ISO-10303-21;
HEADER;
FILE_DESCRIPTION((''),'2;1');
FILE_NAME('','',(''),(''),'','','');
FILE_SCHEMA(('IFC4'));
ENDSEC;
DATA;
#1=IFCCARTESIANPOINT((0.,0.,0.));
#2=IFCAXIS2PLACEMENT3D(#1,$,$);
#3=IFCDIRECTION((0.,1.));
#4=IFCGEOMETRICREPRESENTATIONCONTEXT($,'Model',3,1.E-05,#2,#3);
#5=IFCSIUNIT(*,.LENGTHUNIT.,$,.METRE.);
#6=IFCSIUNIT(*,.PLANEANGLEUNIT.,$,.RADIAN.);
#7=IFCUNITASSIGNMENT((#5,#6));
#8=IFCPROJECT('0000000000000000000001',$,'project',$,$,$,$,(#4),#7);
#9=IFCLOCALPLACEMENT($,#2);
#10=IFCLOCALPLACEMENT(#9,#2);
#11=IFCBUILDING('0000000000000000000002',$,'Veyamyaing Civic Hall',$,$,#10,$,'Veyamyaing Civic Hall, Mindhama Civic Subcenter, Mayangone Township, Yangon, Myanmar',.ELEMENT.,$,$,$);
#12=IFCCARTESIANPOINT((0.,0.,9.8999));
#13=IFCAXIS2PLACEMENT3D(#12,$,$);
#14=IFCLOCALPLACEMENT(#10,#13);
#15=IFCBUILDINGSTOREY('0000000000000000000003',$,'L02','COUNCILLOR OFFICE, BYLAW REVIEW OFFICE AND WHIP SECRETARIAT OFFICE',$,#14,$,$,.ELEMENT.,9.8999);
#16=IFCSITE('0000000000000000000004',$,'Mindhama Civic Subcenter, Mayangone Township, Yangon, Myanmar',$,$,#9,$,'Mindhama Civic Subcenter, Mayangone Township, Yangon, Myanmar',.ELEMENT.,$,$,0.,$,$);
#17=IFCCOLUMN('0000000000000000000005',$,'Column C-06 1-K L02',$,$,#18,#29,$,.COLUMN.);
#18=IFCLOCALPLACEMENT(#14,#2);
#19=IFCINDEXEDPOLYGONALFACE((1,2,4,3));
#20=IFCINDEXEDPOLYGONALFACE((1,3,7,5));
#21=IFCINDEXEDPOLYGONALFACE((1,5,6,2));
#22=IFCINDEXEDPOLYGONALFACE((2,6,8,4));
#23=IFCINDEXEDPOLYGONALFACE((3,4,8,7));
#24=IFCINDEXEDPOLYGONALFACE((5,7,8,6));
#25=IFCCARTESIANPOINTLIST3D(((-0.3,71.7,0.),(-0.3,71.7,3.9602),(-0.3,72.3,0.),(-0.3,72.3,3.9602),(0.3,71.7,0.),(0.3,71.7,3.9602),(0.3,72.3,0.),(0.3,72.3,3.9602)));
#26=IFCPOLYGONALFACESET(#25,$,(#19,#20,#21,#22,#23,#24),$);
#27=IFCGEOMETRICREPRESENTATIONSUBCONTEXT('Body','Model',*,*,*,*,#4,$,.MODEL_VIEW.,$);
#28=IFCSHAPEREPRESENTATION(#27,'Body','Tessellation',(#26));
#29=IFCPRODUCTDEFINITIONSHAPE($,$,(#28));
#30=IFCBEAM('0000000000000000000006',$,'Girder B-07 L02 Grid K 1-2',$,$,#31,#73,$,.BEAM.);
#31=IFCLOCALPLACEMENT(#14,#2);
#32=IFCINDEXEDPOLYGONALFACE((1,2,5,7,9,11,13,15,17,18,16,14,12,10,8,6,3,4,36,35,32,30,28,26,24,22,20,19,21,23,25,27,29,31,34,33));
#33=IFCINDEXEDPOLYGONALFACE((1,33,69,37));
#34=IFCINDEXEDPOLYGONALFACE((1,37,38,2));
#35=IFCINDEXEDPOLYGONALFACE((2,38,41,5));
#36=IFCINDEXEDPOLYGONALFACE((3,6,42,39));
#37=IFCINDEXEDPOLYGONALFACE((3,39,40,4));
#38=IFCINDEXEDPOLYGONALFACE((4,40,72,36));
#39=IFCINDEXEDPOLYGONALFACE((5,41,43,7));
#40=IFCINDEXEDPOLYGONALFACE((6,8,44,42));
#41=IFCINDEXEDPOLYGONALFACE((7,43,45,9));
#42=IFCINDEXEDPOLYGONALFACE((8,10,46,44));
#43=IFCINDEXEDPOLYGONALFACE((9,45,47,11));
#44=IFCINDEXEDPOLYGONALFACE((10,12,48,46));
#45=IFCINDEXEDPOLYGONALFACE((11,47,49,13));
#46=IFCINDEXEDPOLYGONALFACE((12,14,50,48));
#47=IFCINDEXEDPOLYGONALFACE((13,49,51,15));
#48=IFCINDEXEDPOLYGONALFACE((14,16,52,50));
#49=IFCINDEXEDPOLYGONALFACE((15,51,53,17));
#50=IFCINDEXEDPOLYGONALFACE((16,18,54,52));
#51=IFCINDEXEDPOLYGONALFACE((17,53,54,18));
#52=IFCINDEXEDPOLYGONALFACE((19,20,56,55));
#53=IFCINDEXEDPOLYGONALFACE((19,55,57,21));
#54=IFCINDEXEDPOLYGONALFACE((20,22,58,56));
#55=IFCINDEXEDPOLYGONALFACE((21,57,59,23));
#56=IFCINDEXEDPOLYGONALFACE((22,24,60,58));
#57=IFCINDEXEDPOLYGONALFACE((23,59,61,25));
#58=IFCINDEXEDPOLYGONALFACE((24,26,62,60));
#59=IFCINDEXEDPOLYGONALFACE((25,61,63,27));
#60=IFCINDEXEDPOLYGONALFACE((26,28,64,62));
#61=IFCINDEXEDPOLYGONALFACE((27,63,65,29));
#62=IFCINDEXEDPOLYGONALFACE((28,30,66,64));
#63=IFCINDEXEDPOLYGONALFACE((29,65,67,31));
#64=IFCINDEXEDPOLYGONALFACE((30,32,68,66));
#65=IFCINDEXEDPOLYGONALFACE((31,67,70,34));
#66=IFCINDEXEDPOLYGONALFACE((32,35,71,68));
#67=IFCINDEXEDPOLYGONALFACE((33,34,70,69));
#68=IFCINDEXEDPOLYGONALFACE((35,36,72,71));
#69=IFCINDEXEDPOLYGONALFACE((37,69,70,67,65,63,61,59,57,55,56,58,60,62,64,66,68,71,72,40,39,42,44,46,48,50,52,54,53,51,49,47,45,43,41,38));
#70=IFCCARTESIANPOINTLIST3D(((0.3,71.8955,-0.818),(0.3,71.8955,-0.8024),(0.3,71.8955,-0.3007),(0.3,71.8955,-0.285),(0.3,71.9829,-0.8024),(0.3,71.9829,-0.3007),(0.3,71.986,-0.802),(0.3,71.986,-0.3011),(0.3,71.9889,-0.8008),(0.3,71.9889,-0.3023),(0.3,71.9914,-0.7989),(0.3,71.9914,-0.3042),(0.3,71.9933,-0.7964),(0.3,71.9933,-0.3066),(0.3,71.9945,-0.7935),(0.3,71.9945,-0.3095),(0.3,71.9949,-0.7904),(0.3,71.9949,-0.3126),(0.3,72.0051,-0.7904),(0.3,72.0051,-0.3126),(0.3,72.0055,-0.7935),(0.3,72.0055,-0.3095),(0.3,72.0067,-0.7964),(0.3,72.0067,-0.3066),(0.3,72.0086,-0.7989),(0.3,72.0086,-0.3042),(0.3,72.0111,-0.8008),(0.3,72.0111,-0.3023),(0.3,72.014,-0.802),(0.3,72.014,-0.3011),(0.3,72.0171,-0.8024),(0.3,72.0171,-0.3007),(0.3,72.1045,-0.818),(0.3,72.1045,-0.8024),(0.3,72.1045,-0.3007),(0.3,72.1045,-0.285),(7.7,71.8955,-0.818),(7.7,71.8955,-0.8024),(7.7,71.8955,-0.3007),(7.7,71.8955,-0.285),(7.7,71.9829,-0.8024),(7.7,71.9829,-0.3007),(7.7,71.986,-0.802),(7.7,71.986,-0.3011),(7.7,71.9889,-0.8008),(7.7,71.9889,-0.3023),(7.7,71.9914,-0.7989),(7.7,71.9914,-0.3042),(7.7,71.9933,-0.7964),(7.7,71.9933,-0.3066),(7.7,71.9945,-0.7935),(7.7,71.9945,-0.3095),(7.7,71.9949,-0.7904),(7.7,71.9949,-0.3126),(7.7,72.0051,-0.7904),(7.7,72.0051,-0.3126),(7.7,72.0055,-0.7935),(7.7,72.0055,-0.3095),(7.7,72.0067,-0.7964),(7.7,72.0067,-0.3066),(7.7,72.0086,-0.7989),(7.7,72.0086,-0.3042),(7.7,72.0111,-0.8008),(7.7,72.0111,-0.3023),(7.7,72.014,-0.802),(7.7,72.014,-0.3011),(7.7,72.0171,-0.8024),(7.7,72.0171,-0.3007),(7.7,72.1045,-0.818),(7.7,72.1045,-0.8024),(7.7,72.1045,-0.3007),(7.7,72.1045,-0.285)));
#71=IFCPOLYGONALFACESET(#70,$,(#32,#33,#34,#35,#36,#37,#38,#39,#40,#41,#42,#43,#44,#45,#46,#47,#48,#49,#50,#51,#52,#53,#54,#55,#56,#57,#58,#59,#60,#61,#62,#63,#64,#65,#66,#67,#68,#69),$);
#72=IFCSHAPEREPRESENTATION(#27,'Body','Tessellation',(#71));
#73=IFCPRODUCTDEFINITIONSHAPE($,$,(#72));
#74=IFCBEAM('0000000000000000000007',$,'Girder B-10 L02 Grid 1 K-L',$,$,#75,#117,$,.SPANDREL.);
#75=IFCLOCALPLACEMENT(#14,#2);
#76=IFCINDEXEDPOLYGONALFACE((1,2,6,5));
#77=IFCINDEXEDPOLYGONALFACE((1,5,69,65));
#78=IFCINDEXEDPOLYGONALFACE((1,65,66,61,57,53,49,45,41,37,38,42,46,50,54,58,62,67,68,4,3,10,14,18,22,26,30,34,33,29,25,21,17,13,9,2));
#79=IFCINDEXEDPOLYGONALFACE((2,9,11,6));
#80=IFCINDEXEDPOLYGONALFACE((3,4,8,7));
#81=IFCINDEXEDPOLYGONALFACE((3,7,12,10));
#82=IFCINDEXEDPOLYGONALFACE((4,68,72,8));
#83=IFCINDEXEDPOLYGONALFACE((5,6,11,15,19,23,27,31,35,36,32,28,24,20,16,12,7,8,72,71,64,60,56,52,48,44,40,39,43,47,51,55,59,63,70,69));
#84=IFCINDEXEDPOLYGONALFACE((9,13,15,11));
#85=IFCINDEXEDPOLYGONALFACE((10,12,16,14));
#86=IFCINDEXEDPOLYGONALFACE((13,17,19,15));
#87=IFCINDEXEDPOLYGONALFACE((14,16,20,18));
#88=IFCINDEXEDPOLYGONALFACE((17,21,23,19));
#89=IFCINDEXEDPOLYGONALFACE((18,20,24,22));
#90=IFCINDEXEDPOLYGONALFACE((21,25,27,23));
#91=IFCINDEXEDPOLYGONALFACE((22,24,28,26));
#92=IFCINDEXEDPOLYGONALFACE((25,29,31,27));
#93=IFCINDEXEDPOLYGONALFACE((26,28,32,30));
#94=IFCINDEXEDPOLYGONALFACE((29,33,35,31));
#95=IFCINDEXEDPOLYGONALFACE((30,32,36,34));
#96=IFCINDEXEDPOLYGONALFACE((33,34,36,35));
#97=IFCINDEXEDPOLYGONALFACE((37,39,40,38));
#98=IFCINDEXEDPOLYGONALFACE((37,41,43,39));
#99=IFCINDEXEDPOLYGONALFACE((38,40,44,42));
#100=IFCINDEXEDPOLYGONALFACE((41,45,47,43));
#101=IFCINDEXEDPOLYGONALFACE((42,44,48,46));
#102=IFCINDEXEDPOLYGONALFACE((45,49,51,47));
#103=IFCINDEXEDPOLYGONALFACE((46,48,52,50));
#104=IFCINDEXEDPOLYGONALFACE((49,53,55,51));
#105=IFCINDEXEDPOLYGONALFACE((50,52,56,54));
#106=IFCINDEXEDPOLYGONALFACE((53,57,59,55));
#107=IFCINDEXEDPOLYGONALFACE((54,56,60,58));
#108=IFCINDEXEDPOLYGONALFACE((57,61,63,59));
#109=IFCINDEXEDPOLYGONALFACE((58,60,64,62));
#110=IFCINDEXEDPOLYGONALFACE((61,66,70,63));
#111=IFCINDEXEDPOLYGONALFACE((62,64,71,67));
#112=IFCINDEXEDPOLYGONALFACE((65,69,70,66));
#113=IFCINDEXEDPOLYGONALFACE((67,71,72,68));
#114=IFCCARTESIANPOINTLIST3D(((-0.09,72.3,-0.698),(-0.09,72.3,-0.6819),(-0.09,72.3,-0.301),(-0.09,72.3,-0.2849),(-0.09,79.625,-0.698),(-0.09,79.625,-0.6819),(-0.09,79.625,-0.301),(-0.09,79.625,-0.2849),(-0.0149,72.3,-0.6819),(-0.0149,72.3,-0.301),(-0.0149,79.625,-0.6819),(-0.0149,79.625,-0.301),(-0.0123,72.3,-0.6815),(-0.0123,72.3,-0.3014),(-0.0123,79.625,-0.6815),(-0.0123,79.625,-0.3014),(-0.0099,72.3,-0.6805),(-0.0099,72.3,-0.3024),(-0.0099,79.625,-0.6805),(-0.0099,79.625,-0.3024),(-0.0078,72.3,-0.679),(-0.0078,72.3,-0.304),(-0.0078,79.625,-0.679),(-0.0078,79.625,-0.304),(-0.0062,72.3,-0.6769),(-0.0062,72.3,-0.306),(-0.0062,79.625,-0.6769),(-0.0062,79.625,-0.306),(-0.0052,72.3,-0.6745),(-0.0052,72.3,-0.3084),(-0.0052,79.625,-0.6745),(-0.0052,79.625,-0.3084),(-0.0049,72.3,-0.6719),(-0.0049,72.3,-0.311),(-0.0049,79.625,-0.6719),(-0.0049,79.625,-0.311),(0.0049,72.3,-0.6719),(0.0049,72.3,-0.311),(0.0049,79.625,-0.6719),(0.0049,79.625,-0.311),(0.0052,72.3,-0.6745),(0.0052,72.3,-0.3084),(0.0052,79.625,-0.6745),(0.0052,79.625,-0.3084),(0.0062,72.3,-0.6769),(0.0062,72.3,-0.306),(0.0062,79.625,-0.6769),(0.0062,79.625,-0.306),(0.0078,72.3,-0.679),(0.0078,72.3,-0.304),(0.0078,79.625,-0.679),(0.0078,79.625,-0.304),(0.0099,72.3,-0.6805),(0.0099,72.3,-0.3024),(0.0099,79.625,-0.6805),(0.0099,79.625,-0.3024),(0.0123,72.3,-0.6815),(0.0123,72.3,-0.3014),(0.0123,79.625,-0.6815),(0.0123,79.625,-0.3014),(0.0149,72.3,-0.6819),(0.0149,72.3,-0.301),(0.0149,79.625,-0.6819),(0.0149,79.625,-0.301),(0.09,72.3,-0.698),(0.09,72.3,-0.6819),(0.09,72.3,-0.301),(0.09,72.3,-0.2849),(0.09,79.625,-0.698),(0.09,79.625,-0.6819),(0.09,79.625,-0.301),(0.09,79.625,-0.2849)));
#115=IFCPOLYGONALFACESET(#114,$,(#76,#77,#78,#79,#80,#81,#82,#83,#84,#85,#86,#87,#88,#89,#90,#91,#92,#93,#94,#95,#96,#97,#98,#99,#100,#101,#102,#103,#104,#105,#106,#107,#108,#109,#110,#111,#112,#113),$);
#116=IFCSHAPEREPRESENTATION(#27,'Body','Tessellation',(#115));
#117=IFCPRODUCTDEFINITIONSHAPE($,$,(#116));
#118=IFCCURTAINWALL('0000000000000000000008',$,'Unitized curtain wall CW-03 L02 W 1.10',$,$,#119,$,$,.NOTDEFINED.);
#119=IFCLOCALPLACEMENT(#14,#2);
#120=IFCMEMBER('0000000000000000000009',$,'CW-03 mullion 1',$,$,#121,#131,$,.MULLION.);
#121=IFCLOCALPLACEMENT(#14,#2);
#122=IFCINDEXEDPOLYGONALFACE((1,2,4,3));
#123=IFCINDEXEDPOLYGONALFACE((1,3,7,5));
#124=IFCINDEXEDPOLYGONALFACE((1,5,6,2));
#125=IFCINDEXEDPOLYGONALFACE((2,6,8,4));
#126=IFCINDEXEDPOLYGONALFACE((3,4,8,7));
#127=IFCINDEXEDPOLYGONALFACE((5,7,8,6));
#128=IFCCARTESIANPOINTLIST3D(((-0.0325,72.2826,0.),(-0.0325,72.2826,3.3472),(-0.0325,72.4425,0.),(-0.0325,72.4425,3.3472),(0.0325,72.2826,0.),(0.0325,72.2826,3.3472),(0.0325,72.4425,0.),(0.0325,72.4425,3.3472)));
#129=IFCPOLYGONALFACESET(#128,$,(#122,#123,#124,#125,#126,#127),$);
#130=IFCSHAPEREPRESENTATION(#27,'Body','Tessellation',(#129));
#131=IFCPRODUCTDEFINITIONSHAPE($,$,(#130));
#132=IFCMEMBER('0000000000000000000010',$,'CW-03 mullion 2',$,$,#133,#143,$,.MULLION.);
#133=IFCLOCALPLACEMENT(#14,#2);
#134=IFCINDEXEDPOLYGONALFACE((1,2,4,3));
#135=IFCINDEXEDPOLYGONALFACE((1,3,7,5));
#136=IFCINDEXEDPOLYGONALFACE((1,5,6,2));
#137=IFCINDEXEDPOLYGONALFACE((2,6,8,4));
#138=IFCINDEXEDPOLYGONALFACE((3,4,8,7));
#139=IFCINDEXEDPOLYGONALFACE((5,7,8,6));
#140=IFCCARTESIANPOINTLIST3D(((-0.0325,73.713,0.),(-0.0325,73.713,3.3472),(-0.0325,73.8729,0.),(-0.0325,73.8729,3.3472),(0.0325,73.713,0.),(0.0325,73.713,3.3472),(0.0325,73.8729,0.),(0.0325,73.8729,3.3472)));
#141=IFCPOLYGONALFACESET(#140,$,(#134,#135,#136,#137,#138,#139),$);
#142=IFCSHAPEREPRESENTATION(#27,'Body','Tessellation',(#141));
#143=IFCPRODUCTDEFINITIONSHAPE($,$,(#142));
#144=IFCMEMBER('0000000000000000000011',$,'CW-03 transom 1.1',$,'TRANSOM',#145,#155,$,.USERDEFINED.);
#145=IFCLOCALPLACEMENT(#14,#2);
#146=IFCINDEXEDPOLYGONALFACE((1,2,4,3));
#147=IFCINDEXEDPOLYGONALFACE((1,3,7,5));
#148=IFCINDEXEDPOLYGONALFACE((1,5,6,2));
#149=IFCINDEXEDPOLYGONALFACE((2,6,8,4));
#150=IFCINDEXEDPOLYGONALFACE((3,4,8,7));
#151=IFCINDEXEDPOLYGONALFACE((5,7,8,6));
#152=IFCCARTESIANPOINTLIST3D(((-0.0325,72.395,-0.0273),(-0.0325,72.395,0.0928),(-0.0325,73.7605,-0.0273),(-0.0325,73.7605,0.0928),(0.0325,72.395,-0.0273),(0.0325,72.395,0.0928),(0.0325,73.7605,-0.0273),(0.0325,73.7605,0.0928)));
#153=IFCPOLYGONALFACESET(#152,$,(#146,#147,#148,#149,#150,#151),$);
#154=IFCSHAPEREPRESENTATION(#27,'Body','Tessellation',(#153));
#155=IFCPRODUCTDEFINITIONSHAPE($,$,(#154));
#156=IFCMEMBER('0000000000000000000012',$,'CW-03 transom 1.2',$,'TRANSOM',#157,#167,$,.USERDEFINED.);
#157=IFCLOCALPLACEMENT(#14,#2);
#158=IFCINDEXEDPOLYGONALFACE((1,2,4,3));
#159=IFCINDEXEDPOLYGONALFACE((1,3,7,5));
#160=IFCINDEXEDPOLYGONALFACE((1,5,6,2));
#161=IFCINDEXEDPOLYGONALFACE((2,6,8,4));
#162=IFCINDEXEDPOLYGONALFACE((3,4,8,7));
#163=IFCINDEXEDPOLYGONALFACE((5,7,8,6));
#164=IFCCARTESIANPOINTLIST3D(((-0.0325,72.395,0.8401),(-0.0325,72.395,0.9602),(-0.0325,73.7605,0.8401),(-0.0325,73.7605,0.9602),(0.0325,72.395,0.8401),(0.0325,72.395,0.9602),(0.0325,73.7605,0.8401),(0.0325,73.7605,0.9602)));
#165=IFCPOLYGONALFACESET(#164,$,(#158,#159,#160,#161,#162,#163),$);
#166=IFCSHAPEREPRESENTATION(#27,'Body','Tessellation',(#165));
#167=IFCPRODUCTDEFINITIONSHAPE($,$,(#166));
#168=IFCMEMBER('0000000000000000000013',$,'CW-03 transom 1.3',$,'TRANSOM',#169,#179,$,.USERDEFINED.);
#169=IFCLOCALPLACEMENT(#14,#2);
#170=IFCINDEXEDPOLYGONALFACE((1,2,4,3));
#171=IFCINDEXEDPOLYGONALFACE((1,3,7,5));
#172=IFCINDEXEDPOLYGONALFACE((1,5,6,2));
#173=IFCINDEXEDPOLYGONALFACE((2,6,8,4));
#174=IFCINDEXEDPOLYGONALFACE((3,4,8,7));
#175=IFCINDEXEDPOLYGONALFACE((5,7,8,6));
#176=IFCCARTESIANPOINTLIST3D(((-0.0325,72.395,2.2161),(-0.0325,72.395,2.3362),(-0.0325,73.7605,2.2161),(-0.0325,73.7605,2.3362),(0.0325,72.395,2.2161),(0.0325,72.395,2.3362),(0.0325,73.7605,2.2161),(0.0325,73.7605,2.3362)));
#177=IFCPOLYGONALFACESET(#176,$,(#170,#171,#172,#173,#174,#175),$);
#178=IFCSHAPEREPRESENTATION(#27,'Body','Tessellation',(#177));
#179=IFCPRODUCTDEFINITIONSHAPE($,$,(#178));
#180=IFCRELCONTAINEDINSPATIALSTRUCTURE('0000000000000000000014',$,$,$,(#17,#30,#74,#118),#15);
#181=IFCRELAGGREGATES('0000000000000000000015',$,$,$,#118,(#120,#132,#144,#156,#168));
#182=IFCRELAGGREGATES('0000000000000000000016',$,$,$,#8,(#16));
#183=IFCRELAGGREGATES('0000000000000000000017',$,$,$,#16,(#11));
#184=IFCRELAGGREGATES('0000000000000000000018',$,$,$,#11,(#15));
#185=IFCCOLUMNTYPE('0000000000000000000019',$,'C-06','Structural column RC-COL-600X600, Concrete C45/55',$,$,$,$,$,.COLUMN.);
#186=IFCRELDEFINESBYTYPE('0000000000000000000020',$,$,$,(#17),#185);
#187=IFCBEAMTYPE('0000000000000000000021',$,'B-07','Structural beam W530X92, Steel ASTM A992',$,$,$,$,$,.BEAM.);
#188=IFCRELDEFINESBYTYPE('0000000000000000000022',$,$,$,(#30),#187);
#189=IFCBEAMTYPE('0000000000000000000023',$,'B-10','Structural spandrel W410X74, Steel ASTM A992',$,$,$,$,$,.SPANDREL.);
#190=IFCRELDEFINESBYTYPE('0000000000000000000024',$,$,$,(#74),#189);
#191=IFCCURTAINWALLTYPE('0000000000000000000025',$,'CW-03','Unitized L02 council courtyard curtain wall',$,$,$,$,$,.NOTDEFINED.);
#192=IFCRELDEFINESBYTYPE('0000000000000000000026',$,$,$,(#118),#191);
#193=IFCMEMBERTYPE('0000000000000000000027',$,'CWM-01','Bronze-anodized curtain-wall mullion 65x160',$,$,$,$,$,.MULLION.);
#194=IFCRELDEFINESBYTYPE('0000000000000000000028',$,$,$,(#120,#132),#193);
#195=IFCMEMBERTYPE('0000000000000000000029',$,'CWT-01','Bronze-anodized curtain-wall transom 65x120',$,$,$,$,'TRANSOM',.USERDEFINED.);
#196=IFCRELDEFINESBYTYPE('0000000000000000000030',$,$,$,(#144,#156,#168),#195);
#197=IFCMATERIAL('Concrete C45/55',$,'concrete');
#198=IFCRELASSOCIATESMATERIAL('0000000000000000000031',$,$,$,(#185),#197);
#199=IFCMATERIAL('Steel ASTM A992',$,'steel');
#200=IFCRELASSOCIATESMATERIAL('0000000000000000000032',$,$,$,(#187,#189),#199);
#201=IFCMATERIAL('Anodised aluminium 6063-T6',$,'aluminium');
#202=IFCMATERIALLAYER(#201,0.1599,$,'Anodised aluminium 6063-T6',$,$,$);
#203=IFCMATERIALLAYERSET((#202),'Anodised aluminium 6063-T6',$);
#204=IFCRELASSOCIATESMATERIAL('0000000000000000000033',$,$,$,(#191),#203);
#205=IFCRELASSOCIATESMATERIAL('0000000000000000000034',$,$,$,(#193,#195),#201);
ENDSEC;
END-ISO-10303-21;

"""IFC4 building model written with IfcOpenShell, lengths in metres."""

from ifc_helpers import new_model, si_unit, direction, frame, origin, origin_2d, place, context, subcontext, project, spatial, rectangle, i_section, extrude, material, layer, layer_set, material_profile, profile_set, type_object, element, aggregate, save


model = new_model("IFC4")

# Units and contexts
model_context = context("Model", 3, precision=1e-05, world=origin(), true_north=direction((0.0, 1.0)))
body_context = subcontext(model_context, "Body", "Model", "MODEL_VIEW")
ifc_project = project(units=[si_unit("LENGTHUNIT", "METRE"), si_unit("PLANEANGLEUNIT", "RADIAN")], contexts=[model_context])

# Site, building, storey
site_placement = place(None, origin())
site = spatial("IfcSite", under=ifc_project, at=site_placement, Name="Mindhama Civic Subcenter, Mayangone Township, Yangon, Myanmar", LongName="Mindhama Civic Subcenter, Mayangone Township, Yangon, Myanmar", CompositionType="ELEMENT", RefElevation=0.0)
building_placement = place(site_placement, origin())
building = spatial("IfcBuilding", under=site, at=building_placement, Name="Veyamyaing Civic Hall", LongName="Veyamyaing Civic Hall, Mindhama Civic Subcenter, Mayangone Township, Yangon, Myanmar", CompositionType="ELEMENT")
storey_placement = place(building_placement, frame((0.0, 0.0, 9.8999)))
storey = spatial("IfcBuildingStorey", under=building, at=storey_placement, Name="L02", Description="COUNCILLOR OFFICE, BYLAW REVIEW OFFICE AND WHIP SECRETARIAT OFFICE", CompositionType="ELEMENT", Elevation=9.8999)

# Column
ifc_material_1 = material(Name="Concrete C45/55", Category="concrete")
ifc_material_profile_1 = material_profile(ifc_material_1, rectangle(XDim=0.6001, YDim=0.6001, at=origin_2d()), Name="RC-COL-600X600")
ifc_profile_set_1 = profile_set([ifc_material_profile_1], Name="Concrete C45/55")
column_type = type_object("IfcColumnType", Name="C-06", Description="Structural column RC-COL-600X600, Concrete C45/55", PredefinedType="COLUMN", material=ifc_profile_set_1)
column_placement = place(storey_placement, frame((0.0, 72.0, 0.0), z_axis=(0.0, 0.0, 1.0), x_axis=(1.0, 0.0, 0.0)))
element("IfcColumn", 1, at=column_placement, inside=storey, type_object=column_type, Name="Column C-06 1-K L02", PredefinedType="COLUMN", context=body_context, shape_type="SweptSolid", body=[
    extrude(rectangle(XDim=0.6001, YDim=0.6001, at=origin_2d()), origin(), (0.0, 0.0, 1.0), 3.9602),
])

# Beams
ifc_material_2 = material(Name="Steel ASTM A992", Category="steel")
ifc_material_profile_2 = material_profile(ifc_material_2, i_section(OverallWidth=0.209, OverallDepth=0.533, WebThickness=0.0103, FlangeThickness=0.0156, FilletRadius=0.012, at=origin_2d()), Name="W530X92")
ifc_profile_set_2 = profile_set([ifc_material_profile_2], Name="Steel ASTM A992")
beam_type_1 = type_object("IfcBeamType", Name="B-07", Description="Structural beam W530X92, Steel ASTM A992", PredefinedType="BEAM", material=ifc_profile_set_2)
beam_1_placement = place(storey_placement, frame((0.3, 72.0, -0.5515), z_axis=(1.0, 0.0, 0.0), x_axis=(0.0, 1.0, 0.0)))
element("IfcBeam", 2, at=beam_1_placement, inside=storey, type_object=beam_type_1, Name="Girder B-07 L02 Grid K 1-2", PredefinedType="BEAM", context=body_context, shape_type="SweptSolid", body=[
    extrude(i_section(OverallWidth=0.209, OverallDepth=0.533, WebThickness=0.0103, FlangeThickness=0.0156, FilletRadius=0.012, at=origin_2d()), origin(), (0.0, 0.0, 1.0), 7.3999),
])
ifc_material_profile_3 = material_profile(ifc_material_2, i_section(OverallWidth=0.1799, OverallDepth=0.4131, WebThickness=0.0098, FlangeThickness=0.0161, FilletRadius=0.01, at=origin_2d()), Name="W410X74")
ifc_profile_set_3 = profile_set([ifc_material_profile_3], Name="Steel ASTM A992")
beam_type_2 = type_object("IfcBeamType", Name="B-10", Description="Structural spandrel W410X74, Steel ASTM A992", PredefinedType="SPANDREL", material=ifc_profile_set_3)
beam_2_placement = place(storey_placement, frame((0.0, 72.3, -0.4915), z_axis=(0.0, 1.0, 0.0), x_axis=(-1.0, 0.0, 0.0)))
element("IfcBeam", 3, at=beam_2_placement, inside=storey, type_object=beam_type_2, Name="Girder B-10 L02 Grid 1 K-L", PredefinedType="SPANDREL", context=body_context, shape_type="SweptSolid", body=[
    extrude(i_section(OverallWidth=0.1799, OverallDepth=0.4131, WebThickness=0.0098, FlangeThickness=0.0161, FilletRadius=0.01, at=origin_2d()), origin(), (0.0, 0.0, 1.0), 7.325),
])

# Curtain wall, members
ifc_material_3 = material(Name="Anodised aluminium 6063-T6", Category="aluminium")
ifc_layer_1 = layer(ifc_material_3, 0.1599, Name="Anodised aluminium 6063-T6")
ifc_layer_set_1 = layer_set([ifc_layer_1], Name="Anodised aluminium 6063-T6")
curtain_wall_type = type_object("IfcCurtainWallType", Name="CW-03", Description="Unitized L02 council courtyard curtain wall", PredefinedType="NOTDEFINED", material=ifc_layer_set_1)
curtain_wall_placement = place(storey_placement, origin())
curtain_wall = element("IfcCurtainWall", 4, at=curtain_wall_placement, inside=storey, type_object=curtain_wall_type, Name="Unitized curtain wall CW-03 L02 W 1.10", PredefinedType="NOTDEFINED")
ifc_material_profile_4 = material_profile(ifc_material_3, rectangle(XDim=0.0649, YDim=0.1599, at=origin_2d()), Name="ALU-MUL-65X160")
ifc_profile_set_4 = profile_set([ifc_material_profile_4], Name="Anodised aluminium 6063-T6")
member_type_1 = type_object("IfcMemberType", Name="CWM-01", Description="Bronze-anodized curtain-wall mullion 65x160", PredefinedType="MULLION", material=ifc_profile_set_4)
member_1_placement = place(storey_placement, frame((0.0, 72.3625, 0.0), z_axis=(0.0, 0.0, 1.0), x_axis=(-1.0, 0.0, 0.0)))
member_1 = element("IfcMember", 5, at=member_1_placement, type_object=member_type_1, Name="CW-03 mullion 1", PredefinedType="MULLION", context=body_context, shape_type="SweptSolid", body=[
    extrude(rectangle(XDim=0.0649, YDim=0.1599, at=origin_2d()), origin(), (0.0, 0.0, 1.0), 3.3472),
])
member_2_placement = place(storey_placement, frame((0.0, 73.793, 0.0), z_axis=(0.0, 0.0, 1.0), x_axis=(-1.0, 0.0, 0.0)))
member_2 = element("IfcMember", 6, at=member_2_placement, type_object=member_type_1, Name="CW-03 mullion 2", PredefinedType="MULLION", context=body_context, shape_type="SweptSolid", body=[
    extrude(rectangle(XDim=0.0649, YDim=0.1599, at=origin_2d()), origin(), (0.0, 0.0, 1.0), 3.3472),
])
ifc_material_profile_5 = material_profile(ifc_material_3, rectangle(XDim=0.0649, YDim=0.1201, at=origin_2d()), Name="ALU-TRN-65X120")
ifc_profile_set_5 = profile_set([ifc_material_profile_5], Name="Anodised aluminium 6063-T6")
member_type_2 = type_object("IfcMemberType", Name="CWT-01", Description="Bronze-anodized curtain-wall transom 65x120", ElementType="TRANSOM", PredefinedType="USERDEFINED", material=ifc_profile_set_5)
member_3_placement = place(storey_placement, frame((0.0, 72.395, 0.0327), z_axis=(0.0, 1.0, 0.0), x_axis=(-1.0, 0.0, 0.0)))
member_3 = element("IfcMember", 7, at=member_3_placement, type_object=member_type_2, Name="CW-03 transom 1.1", ObjectType="TRANSOM", PredefinedType="USERDEFINED", context=body_context, shape_type="SweptSolid", body=[
    extrude(rectangle(XDim=0.0649, YDim=0.1201, at=origin_2d()), origin(), (0.0, 0.0, 1.0), 1.3655),
])
member_4_placement = place(storey_placement, frame((0.0, 72.395, 0.9001), z_axis=(0.0, 1.0, 0.0), x_axis=(-1.0, 0.0, 0.0)))
member_4 = element("IfcMember", 8, at=member_4_placement, type_object=member_type_2, Name="CW-03 transom 1.2", ObjectType="TRANSOM", PredefinedType="USERDEFINED", context=body_context, shape_type="SweptSolid", body=[
    extrude(rectangle(XDim=0.0649, YDim=0.1201, at=origin_2d()), origin(), (0.0, 0.0, 1.0), 1.3655),
])
member_5_placement = place(storey_placement, frame((0.0, 72.395, 2.2761), z_axis=(0.0, 1.0, 0.0), x_axis=(-1.0, 0.0, 0.0)))
member_5 = element("IfcMember", 9, at=member_5_placement, type_object=member_type_2, Name="CW-03 transom 1.3", ObjectType="TRANSOM", PredefinedType="USERDEFINED", context=body_context, shape_type="SweptSolid", body=[
    extrude(rectangle(XDim=0.0649, YDim=0.1201, at=origin_2d()), origin(), (0.0, 0.0, 1.0), 1.3655),
])

aggregate(curtain_wall, [member_1, member_2, member_3, member_4, member_5])

save(model, "model.ifc")
